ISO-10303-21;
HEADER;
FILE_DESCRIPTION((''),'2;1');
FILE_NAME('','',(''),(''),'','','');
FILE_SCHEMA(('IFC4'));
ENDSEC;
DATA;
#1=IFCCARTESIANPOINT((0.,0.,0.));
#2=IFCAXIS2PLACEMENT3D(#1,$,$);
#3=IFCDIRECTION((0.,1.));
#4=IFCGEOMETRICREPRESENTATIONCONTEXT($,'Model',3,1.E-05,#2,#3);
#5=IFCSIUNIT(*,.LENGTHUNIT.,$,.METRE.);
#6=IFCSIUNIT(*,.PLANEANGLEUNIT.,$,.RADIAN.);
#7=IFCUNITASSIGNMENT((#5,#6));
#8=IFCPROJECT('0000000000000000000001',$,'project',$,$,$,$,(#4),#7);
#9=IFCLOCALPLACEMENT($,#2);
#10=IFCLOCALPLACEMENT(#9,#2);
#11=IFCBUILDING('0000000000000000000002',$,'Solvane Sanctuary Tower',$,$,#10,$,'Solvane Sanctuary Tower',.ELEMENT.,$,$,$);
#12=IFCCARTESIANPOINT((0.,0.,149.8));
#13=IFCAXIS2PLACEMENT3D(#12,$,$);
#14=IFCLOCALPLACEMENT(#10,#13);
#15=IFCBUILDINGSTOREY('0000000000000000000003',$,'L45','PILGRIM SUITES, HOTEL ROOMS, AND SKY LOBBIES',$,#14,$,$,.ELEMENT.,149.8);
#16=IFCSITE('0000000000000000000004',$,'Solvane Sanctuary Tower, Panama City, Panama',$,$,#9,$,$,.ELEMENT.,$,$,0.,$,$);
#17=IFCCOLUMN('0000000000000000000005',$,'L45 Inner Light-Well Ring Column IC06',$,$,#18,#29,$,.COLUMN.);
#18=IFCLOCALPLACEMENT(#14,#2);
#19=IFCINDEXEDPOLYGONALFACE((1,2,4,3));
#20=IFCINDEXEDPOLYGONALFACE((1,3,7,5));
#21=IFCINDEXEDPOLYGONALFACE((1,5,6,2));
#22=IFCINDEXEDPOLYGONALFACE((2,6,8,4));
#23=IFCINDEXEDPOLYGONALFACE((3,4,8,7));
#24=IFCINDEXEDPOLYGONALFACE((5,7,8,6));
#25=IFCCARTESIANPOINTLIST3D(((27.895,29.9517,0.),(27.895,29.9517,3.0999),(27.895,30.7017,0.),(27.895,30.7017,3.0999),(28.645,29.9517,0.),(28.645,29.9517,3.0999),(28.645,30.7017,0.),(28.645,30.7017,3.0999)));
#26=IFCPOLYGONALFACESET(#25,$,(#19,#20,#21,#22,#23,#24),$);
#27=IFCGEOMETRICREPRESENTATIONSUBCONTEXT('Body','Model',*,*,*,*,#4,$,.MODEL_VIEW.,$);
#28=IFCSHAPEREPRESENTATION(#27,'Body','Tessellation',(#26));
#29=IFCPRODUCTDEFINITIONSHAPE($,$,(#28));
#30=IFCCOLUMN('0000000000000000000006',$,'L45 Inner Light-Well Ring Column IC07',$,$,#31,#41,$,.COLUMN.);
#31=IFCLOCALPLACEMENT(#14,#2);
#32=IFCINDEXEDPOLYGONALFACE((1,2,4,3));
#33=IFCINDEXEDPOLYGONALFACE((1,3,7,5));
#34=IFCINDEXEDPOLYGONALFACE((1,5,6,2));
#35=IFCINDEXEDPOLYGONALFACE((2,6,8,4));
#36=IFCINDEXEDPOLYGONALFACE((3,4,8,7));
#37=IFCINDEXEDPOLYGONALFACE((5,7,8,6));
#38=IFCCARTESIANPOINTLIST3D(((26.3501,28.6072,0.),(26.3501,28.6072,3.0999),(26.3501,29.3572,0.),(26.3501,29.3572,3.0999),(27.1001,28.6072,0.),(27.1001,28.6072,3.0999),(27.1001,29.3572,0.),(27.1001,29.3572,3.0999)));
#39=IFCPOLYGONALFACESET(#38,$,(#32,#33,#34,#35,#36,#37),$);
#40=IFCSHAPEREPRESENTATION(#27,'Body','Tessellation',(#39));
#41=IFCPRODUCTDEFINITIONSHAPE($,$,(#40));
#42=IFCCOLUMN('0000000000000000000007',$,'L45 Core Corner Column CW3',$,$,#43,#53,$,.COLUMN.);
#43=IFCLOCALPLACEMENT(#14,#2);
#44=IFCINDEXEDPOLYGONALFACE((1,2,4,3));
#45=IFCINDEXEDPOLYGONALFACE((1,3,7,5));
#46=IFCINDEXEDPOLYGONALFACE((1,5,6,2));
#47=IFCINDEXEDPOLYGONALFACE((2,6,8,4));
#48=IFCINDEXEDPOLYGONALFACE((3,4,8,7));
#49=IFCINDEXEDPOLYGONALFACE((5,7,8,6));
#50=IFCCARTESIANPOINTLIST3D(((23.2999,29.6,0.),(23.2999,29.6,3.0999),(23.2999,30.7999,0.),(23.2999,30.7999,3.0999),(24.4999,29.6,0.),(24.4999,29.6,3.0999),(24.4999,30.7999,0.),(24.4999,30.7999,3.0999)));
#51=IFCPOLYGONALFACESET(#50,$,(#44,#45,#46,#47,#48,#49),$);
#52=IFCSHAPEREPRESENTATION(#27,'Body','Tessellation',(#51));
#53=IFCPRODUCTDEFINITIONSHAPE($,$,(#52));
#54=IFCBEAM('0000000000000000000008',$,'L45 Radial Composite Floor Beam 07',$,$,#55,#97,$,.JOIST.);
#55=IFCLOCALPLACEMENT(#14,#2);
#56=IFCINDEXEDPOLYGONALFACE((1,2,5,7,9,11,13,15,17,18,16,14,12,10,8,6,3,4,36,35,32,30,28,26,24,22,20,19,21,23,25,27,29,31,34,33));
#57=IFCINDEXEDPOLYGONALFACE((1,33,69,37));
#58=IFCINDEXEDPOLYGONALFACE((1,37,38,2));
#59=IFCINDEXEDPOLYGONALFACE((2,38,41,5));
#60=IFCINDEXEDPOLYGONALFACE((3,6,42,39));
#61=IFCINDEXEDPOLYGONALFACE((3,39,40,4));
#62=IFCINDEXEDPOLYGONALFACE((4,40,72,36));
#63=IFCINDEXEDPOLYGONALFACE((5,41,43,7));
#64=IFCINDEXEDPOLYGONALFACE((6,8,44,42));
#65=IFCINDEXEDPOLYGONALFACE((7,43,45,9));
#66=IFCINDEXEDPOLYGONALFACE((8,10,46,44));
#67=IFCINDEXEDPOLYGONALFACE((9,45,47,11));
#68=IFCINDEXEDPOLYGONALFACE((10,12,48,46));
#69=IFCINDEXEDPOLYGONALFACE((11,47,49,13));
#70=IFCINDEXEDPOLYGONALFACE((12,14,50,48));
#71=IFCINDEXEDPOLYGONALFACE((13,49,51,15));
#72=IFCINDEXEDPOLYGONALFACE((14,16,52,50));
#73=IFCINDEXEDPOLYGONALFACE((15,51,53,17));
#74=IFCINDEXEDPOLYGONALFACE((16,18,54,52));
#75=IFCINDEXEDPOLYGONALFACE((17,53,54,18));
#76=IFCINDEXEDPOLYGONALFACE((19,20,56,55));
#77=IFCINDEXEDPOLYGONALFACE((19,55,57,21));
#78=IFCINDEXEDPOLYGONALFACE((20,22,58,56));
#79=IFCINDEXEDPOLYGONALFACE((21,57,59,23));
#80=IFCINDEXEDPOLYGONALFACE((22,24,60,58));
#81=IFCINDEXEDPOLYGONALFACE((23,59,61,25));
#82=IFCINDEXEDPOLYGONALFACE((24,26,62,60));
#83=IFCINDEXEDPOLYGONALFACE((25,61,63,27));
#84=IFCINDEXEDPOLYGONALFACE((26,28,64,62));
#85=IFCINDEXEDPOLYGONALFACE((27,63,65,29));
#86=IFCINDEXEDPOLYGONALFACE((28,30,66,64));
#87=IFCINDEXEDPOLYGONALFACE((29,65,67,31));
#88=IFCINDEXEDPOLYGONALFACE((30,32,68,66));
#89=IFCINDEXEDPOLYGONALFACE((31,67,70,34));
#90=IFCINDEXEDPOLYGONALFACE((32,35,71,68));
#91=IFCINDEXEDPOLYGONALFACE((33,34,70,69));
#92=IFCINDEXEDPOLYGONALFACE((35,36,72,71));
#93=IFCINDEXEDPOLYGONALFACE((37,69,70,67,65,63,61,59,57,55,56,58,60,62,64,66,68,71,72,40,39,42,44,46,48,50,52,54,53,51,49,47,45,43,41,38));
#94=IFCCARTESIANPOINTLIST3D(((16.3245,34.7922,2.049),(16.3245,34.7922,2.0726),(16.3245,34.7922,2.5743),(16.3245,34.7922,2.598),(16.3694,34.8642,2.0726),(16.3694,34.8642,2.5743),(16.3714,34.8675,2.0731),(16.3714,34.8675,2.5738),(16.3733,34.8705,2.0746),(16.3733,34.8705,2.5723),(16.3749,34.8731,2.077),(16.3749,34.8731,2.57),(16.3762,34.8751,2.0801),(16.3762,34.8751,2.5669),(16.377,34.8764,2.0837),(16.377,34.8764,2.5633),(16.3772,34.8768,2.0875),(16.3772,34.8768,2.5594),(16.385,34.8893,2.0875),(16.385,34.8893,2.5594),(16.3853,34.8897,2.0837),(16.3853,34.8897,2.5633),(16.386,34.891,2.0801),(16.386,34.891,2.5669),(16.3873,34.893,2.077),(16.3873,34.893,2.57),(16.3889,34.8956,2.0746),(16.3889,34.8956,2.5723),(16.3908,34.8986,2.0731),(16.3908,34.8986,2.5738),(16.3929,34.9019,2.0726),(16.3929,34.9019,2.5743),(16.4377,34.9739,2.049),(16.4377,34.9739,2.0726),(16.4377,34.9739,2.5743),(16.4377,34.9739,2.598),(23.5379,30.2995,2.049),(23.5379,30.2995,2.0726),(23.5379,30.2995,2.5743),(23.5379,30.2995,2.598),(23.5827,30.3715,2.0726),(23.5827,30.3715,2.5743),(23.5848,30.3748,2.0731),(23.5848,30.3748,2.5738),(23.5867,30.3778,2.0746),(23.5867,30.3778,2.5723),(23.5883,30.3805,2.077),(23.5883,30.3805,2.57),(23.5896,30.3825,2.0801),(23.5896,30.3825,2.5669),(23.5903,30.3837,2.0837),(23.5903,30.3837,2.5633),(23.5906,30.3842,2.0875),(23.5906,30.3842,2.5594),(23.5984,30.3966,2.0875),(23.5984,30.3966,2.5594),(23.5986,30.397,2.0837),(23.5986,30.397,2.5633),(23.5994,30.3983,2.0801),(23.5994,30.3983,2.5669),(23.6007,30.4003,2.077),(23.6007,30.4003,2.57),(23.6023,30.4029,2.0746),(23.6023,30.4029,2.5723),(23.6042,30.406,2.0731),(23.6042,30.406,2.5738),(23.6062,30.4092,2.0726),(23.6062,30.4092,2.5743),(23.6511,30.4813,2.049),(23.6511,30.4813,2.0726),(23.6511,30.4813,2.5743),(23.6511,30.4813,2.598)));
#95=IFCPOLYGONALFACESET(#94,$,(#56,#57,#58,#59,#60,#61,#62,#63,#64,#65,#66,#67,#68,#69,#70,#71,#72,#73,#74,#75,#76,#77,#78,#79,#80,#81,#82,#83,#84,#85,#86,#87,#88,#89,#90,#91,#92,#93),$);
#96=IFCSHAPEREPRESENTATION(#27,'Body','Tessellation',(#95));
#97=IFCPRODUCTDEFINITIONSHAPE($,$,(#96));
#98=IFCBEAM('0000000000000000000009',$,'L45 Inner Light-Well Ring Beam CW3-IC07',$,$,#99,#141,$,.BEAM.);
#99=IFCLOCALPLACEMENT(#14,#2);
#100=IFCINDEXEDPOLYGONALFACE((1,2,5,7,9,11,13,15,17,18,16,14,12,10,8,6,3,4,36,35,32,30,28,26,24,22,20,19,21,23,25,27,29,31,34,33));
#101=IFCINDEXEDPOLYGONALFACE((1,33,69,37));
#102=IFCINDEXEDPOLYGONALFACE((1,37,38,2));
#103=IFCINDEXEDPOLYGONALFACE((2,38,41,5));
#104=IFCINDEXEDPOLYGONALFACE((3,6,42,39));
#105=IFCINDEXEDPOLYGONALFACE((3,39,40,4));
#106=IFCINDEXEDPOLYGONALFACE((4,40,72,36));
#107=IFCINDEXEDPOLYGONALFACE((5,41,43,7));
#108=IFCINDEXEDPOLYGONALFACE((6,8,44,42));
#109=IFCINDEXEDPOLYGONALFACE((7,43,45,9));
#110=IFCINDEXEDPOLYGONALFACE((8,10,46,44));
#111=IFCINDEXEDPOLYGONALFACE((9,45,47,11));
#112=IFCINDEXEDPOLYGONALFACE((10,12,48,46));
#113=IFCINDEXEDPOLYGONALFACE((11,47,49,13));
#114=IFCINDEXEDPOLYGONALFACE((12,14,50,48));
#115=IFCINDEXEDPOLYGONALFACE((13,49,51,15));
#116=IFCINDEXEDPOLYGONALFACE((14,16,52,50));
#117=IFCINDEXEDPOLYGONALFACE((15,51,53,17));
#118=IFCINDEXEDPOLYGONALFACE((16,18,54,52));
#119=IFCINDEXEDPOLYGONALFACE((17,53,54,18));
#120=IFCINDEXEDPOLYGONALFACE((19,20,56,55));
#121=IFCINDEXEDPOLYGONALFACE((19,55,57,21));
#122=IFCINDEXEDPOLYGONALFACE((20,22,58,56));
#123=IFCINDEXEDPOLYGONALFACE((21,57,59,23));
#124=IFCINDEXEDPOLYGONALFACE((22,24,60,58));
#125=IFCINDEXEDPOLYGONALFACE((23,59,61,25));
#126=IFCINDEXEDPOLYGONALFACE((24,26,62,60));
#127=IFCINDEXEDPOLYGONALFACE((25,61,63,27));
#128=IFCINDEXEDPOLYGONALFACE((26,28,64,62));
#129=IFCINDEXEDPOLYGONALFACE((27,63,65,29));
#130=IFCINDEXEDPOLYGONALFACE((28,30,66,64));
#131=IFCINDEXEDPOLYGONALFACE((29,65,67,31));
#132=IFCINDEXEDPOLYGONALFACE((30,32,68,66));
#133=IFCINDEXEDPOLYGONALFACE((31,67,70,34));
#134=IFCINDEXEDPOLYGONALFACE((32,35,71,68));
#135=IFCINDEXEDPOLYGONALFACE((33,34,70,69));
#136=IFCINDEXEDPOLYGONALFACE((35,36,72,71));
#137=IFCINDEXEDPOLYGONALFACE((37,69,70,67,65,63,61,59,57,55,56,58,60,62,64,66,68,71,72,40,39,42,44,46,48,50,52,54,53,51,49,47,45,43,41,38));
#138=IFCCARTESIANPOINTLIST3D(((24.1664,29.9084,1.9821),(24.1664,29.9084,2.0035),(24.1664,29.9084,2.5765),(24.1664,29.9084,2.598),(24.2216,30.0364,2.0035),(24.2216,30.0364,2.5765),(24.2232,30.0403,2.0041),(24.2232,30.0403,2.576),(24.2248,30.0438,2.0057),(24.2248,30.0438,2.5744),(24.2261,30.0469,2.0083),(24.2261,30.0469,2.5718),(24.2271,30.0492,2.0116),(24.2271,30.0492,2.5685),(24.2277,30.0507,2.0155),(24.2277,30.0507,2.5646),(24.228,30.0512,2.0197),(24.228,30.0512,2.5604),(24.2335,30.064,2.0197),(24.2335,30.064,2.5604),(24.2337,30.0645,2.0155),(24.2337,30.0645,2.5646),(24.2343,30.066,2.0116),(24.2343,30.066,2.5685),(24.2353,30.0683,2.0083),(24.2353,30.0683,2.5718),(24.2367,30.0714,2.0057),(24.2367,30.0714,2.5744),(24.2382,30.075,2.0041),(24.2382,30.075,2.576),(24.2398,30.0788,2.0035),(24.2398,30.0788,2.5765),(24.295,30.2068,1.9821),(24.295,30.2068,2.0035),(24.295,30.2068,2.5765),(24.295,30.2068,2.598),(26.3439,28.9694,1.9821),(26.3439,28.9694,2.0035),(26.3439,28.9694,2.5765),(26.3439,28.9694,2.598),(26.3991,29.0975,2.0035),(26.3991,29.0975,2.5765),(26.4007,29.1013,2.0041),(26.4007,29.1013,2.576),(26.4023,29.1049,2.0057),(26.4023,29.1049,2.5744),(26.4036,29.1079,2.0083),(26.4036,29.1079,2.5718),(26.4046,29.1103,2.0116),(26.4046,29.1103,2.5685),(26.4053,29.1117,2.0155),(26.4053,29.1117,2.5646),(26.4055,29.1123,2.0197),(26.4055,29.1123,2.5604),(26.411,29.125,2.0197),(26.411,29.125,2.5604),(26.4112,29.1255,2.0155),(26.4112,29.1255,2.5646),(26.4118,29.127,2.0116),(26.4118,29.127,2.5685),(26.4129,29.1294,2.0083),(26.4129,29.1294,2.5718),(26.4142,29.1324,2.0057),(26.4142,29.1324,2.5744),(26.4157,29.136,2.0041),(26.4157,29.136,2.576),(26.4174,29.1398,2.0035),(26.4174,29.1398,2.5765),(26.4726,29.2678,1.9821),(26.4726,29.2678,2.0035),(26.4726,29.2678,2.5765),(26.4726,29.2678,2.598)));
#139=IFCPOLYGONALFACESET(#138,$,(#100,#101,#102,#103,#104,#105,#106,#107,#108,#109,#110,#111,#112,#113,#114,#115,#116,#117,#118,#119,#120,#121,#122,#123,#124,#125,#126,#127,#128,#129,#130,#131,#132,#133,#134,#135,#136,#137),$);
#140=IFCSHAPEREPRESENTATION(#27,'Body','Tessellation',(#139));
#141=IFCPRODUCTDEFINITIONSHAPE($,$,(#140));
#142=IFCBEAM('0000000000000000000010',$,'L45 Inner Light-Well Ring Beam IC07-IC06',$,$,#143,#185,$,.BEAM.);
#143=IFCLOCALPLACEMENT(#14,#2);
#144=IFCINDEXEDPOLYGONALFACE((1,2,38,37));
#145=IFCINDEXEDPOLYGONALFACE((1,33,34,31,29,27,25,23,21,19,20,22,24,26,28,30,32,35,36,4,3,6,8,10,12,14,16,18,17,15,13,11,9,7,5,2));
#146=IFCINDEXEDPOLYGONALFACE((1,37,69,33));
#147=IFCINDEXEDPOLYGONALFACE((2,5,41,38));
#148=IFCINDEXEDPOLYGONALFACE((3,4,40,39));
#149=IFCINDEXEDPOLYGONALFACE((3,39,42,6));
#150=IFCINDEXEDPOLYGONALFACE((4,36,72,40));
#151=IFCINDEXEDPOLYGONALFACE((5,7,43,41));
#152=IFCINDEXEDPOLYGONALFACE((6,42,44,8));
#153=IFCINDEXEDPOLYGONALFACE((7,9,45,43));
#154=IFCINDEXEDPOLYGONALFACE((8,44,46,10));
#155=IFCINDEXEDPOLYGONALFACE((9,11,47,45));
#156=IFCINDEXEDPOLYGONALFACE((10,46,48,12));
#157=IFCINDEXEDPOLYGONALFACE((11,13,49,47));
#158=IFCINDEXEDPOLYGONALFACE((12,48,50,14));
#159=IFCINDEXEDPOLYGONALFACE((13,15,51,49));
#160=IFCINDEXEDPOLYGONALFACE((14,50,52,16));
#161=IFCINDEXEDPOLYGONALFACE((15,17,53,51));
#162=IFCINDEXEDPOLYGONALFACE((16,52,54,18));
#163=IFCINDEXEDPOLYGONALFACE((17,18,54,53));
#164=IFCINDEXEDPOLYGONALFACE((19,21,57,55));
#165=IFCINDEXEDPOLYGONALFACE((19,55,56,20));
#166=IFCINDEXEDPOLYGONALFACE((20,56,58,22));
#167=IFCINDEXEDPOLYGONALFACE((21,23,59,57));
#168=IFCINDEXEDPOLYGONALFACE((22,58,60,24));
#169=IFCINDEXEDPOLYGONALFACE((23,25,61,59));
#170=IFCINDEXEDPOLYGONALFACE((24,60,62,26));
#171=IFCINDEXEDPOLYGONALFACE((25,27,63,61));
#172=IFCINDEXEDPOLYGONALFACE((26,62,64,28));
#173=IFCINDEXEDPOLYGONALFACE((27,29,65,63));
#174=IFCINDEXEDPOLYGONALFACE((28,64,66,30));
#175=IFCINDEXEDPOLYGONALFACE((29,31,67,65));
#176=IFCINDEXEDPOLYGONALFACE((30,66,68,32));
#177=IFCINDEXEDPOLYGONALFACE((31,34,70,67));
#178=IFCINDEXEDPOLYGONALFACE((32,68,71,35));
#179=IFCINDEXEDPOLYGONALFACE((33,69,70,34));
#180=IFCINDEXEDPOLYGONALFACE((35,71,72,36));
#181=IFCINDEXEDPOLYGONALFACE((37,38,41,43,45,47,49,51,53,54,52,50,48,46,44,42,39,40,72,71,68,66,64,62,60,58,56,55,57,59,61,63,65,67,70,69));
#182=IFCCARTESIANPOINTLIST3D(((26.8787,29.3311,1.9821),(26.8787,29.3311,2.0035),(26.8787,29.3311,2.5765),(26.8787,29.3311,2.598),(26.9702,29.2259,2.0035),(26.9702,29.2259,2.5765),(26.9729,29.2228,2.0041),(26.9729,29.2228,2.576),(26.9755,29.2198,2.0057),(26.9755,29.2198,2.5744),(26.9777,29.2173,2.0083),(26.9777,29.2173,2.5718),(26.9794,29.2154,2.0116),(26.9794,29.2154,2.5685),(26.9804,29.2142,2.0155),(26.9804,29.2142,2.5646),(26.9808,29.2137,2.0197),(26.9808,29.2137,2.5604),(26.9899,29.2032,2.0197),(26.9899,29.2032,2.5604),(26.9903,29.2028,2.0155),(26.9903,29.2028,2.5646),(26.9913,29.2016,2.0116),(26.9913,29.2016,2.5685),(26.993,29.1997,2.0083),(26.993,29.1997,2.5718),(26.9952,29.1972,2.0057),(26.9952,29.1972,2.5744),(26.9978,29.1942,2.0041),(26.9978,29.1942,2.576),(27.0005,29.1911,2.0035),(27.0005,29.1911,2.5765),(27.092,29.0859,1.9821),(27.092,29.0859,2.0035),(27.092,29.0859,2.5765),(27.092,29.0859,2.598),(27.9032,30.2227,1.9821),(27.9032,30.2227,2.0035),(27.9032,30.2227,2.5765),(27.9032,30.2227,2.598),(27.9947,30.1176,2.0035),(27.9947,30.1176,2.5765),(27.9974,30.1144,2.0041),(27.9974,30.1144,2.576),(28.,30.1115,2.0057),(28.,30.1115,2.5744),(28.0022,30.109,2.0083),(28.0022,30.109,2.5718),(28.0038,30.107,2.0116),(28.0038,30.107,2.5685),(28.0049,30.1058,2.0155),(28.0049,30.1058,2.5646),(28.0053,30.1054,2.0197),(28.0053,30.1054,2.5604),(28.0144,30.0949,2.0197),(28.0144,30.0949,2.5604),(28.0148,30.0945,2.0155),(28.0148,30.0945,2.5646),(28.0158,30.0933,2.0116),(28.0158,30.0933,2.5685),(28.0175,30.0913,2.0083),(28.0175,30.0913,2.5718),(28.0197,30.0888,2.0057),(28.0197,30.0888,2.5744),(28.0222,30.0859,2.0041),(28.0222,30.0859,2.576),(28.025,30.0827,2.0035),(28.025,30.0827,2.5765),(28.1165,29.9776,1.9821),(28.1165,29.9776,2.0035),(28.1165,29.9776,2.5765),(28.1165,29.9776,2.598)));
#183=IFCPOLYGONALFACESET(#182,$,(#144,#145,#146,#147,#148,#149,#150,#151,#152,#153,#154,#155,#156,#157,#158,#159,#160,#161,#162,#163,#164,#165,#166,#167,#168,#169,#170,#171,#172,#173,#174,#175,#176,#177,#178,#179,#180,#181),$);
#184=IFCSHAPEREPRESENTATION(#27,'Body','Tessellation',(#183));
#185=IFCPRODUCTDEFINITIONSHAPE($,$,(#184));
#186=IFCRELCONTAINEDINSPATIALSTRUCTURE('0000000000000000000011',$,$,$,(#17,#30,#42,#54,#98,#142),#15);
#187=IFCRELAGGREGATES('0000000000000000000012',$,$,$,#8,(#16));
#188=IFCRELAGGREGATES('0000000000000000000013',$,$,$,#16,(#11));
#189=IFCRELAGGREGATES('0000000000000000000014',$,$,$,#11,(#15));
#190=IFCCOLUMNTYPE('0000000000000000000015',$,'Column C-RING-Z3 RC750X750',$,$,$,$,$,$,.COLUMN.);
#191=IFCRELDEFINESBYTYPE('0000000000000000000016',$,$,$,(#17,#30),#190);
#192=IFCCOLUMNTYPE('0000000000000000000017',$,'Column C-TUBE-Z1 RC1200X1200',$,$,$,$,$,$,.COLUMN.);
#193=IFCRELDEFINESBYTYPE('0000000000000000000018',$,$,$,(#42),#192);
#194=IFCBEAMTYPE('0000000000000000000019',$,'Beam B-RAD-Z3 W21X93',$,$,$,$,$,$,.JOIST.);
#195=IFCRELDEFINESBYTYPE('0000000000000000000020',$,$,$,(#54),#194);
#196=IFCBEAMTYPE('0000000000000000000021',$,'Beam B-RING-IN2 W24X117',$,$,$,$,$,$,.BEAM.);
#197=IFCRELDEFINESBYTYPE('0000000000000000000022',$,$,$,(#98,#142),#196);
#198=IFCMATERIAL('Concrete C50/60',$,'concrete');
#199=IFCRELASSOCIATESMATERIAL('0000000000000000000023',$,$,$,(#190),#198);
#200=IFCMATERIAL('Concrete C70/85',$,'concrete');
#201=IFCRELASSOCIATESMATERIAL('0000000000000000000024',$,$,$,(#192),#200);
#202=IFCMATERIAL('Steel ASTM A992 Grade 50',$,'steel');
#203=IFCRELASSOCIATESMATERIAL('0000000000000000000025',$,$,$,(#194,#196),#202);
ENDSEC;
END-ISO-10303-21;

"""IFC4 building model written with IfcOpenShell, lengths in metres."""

from ifc_helpers import new_model, si_unit, direction, frame, origin, origin_2d, place, context, subcontext, project, spatial, rectangle, i_section, extrude, material, material_profile, profile_set, type_object, element, save


model = new_model("IFC4")

# Units and contexts
model_context = context("Model", 3, precision=1e-05, world=origin(), true_north=direction((0.0, 1.0)))
body_context = subcontext(model_context, "Body", "Model", "MODEL_VIEW")
ifc_project = project(units=[si_unit("LENGTHUNIT", "METRE"), si_unit("PLANEANGLEUNIT", "RADIAN")], contexts=[model_context])

# Site, building, storey
site_placement = place(None, origin())
site = spatial("IfcSite", under=ifc_project, at=site_placement, Name="Solvane Sanctuary Tower, Panama City, Panama", CompositionType="ELEMENT", RefElevation=0.0)
building_placement = place(site_placement, origin())
building = spatial("IfcBuilding", under=site, at=building_placement, Name="Solvane Sanctuary Tower", LongName="Solvane Sanctuary Tower", CompositionType="ELEMENT")
storey_placement = place(building_placement, frame((0.0, 0.0, 149.8)))
storey = spatial("IfcBuildingStorey", under=building, at=storey_placement, Name="L45", Description="PILGRIM SUITES, HOTEL ROOMS, AND SKY LOBBIES", CompositionType="ELEMENT", Elevation=149.8)

# Columns
ifc_material_1 = material(Name="Concrete C50/60", Category="concrete")
ifc_material_profile_1 = material_profile(ifc_material_1, rectangle(XDim=0.75, YDim=0.75, at=origin_2d()), Name="RC750X750")
ifc_profile_set_1 = profile_set([ifc_material_profile_1], Name="Concrete C50/60")
column_type_1 = type_object("IfcColumnType", Name="Column C-RING-Z3 RC750X750", PredefinedType="COLUMN", material=ifc_profile_set_1)
for number, where, z_axis, x_axis, name in (
    (1, (28.27, 30.3267, 0.0), (0.0, 0.0, 1.0), (1.0, 0.0, 0.0), "L45 Inner Light-Well Ring Column IC06"),
    (2, (26.7251, 28.9822, 0.0), (0.0, 0.0, 1.0), (1.0, 0.0, 0.0), "L45 Inner Light-Well Ring Column IC07"),
):
    element("IfcColumn", number, at=place(storey_placement, frame(where, z_axis=z_axis, x_axis=x_axis)), inside=storey, type_object=column_type_1, Name=name, PredefinedType="COLUMN", context=body_context, shape_type="SweptSolid", body=[
        extrude(rectangle(XDim=0.75, YDim=0.75, at=origin_2d()), origin(), (0.0, 0.0, 1.0), 3.0999),
    ])
ifc_material_2 = material(Name="Concrete C70/85", Category="concrete")
ifc_material_profile_2 = material_profile(ifc_material_2, rectangle(XDim=1.2, YDim=1.2, at=origin_2d()), Name="RC1200X1200")
ifc_profile_set_2 = profile_set([ifc_material_profile_2], Name="Concrete C70/85")
column_type_2 = type_object("IfcColumnType", Name="Column C-TUBE-Z1 RC1200X1200", PredefinedType="COLUMN", material=ifc_profile_set_2)
column_placement = place(storey_placement, frame((23.8999, 30.2, 0.0), z_axis=(0.0, 0.0, 1.0), x_axis=(1.0, 0.0, 0.0)))
element("IfcColumn", 3, at=column_placement, inside=storey, type_object=column_type_2, Name="L45 Core Corner Column CW3", PredefinedType="COLUMN", context=body_context, shape_type="SweptSolid", body=[
    extrude(rectangle(XDim=1.2, YDim=1.2, at=origin_2d()), origin(), (0.0, 0.0, 1.0), 3.0999),
])

# Beams
ifc_material_3 = material(Name="Steel ASTM A992 Grade 50", Category="steel")
ifc_material_profile_3 = material_profile(ifc_material_3, i_section(OverallWidth=0.2141, OverallDepth=0.5491, WebThickness=0.0146, FlangeThickness=0.0237, FilletRadius=0.0149, at=origin_2d()), Name="W21X93")
ifc_profile_set_3 = profile_set([ifc_material_profile_3], Name="Steel ASTM A992 Grade 50")
beam_type_1 = type_object("IfcBeamType", Name="Beam B-RAD-Z3 W21X93", PredefinedType="JOIST", material=ifc_profile_set_3)
beam_1_placement = place(storey_placement, frame((23.5945, 30.3904, 2.3235), z_axis=(-0.848827, 0.528671, 0.0), x_axis=(-0.528671, -0.848827, 0.0)))
element("IfcBeam", 4, at=beam_1_placement, inside=storey, type_object=beam_type_1, Name="L45 Radial Composite Floor Beam 07", PredefinedType="JOIST", context=body_context, shape_type="SweptSolid", body=[
    extrude(i_section(OverallWidth=0.2141, OverallDepth=0.5491, WebThickness=0.0146, FlangeThickness=0.0237, FilletRadius=0.0149, at=origin_2d()), origin(), (0.0, 0.0, 1.0), 8.498),
])
ifc_material_profile_4 = material_profile(ifc_material_3, i_section(OverallWidth=0.325, OverallDepth=0.616, WebThickness=0.0139, FlangeThickness=0.0215, FilletRadius=0.0161, at=origin_2d()), Name="W24X117")
ifc_profile_set_4 = profile_set([ifc_material_profile_4], Name="Steel ASTM A992 Grade 50")
beam_type_2 = type_object("IfcBeamType", Name="Beam B-RING-IN2 W24X117", PredefinedType="BEAM", material=ifc_profile_set_4)
beam_2_placement = place(storey_placement, frame((24.2307, 30.0576, 2.29), z_axis=(0.918264, -0.395969, 0.0), x_axis=(0.395969, 0.918264, 0.0)))
element("IfcBeam", 5, at=beam_2_placement, inside=storey, type_object=beam_type_2, Name="L45 Inner Light-Well Ring Beam CW3-IC07", PredefinedType="BEAM", context=body_context, shape_type="SweptSolid", body=[
    extrude(i_section(OverallWidth=0.325, OverallDepth=0.616, WebThickness=0.0139, FlangeThickness=0.0215, FilletRadius=0.0161, at=origin_2d()), origin(), (0.0, 0.0, 1.0), 2.3713),
])
beam_3_placement = place(storey_placement, frame((26.9854, 29.2085, 2.29), z_axis=(0.754311, 0.656517, 0.0), x_axis=(-0.656517, 0.754311, 0.0)))
element("IfcBeam", 6, at=beam_3_placement, inside=storey, type_object=beam_type_2, Name="L45 Inner Light-Well Ring Beam IC07-IC06", PredefinedType="BEAM", context=body_context, shape_type="SweptSolid", body=[
    extrude(i_section(OverallWidth=0.325, OverallDepth=0.616, WebThickness=0.0139, FlangeThickness=0.0215, FilletRadius=0.0161, at=origin_2d()), origin(), (0.0, 0.0, 1.0), 1.3582),
])

save(model, "model.ifc")
